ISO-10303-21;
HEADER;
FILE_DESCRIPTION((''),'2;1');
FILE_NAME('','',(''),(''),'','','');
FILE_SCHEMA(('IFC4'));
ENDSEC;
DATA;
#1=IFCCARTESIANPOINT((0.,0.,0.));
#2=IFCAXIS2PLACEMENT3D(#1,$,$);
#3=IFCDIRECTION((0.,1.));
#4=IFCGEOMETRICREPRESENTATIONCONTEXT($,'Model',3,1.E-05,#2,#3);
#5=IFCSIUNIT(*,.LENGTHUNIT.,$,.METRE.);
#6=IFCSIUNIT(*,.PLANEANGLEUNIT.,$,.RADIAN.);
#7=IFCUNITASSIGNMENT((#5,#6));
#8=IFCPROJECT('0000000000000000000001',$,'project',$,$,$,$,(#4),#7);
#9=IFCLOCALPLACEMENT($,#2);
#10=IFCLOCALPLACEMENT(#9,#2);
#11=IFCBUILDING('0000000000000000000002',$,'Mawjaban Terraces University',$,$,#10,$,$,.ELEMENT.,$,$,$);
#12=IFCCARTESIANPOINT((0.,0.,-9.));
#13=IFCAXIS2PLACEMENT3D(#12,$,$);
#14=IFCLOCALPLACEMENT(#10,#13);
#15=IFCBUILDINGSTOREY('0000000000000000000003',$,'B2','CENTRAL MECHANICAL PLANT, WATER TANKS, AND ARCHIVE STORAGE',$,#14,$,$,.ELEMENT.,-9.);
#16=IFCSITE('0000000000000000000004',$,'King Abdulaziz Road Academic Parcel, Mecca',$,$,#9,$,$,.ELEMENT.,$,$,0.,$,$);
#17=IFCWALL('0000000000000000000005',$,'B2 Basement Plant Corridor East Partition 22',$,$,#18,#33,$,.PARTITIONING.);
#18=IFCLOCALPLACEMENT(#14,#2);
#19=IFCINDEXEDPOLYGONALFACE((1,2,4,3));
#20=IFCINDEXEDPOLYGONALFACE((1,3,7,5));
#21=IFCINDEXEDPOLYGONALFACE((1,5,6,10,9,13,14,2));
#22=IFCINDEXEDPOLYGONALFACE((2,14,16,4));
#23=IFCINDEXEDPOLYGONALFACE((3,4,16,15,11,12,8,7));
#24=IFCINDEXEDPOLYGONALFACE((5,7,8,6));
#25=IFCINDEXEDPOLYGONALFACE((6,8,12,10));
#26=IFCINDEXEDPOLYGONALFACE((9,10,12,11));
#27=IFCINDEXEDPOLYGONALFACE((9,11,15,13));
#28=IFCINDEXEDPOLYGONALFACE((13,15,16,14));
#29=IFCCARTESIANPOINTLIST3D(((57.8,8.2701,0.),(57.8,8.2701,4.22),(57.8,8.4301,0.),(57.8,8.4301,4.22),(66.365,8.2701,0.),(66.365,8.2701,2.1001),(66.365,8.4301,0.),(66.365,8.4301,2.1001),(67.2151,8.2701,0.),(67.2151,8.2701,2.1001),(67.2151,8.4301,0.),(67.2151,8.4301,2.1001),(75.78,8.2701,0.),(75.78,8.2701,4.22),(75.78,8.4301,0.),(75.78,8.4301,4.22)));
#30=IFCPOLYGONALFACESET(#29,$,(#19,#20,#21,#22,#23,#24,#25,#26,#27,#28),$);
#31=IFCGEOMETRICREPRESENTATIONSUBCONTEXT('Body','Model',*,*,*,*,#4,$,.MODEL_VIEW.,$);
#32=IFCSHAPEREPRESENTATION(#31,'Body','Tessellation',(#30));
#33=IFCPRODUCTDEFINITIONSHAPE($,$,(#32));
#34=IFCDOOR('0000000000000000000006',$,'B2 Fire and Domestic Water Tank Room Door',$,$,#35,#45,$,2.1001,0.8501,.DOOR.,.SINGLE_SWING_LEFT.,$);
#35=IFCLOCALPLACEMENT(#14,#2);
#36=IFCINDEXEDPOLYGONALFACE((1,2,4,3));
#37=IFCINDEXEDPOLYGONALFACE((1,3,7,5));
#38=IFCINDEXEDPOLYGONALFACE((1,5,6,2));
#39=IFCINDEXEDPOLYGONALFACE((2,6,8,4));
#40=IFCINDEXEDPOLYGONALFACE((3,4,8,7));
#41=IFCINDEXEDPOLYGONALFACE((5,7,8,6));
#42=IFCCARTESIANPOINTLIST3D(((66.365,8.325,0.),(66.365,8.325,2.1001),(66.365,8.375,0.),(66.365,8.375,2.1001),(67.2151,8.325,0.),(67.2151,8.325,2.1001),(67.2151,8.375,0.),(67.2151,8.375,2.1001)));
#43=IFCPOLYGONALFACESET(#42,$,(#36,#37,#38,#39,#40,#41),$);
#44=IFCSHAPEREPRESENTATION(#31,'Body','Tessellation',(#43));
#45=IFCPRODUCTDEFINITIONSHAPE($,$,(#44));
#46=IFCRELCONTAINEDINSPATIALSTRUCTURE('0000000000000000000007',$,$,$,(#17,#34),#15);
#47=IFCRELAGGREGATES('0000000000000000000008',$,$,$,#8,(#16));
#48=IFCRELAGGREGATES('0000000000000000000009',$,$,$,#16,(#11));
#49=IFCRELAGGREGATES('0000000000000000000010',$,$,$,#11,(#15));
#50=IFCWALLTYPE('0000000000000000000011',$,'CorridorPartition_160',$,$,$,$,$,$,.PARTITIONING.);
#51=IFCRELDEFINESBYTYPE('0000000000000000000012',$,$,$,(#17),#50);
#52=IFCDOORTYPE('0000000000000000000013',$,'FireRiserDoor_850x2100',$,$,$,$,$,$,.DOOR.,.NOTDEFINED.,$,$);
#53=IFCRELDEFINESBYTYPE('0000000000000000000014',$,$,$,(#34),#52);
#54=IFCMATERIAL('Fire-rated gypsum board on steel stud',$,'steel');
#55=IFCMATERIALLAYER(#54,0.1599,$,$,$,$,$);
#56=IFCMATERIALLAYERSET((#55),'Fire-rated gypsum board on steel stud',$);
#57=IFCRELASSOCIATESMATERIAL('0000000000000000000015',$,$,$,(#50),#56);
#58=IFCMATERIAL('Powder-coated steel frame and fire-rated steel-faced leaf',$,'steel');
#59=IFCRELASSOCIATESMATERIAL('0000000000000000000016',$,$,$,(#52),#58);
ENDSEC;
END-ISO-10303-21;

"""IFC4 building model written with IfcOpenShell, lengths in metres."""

from ifc_helpers import new_model, si_unit, direction, frame, frame_2d, origin, place, context, subcontext, project, spatial, rectangle, extrude, material, layer, layer_set, type_object, element, fill, save


model = new_model("IFC4")

# Units and contexts
model_context = context("Model", 3, precision=1e-05, world=origin(), true_north=direction((0.0, 1.0)))
body_context = subcontext(model_context, "Body", "Model", "MODEL_VIEW")
ifc_project = project(units=[si_unit("LENGTHUNIT", "METRE"), si_unit("PLANEANGLEUNIT", "RADIAN")], contexts=[model_context])

# Site, building, storey
site_placement = place(None, origin())
site = spatial("IfcSite", under=ifc_project, at=site_placement, Name="King Abdulaziz Road Academic Parcel, Mecca", CompositionType="ELEMENT", RefElevation=0.0)
building_placement = place(site_placement, origin())
building = spatial("IfcBuilding", under=site, at=building_placement, Name="Mawjaban Terraces University", CompositionType="ELEMENT")
storey_placement = place(building_placement, frame((0.0, 0.0, -9.0)))
storey = spatial("IfcBuildingStorey", under=building, at=storey_placement, Name="B2", Description="CENTRAL MECHANICAL PLANT, WATER TANKS, AND ARCHIVE STORAGE", CompositionType="ELEMENT", Elevation=-9.0)

# Wall, opening, door
ifc_material_1 = material(Name="Fire-rated gypsum board on steel stud", Category="steel")
ifc_layer = layer(ifc_material_1, 0.1599)
ifc_layer_set = layer_set([ifc_layer], Name="Fire-rated gypsum board on steel stud")
wall_type = type_object("IfcWallType", Name="CorridorPartition_160", PredefinedType="PARTITIONING", material=ifc_layer_set)
wall_1_placement = place(storey_placement, frame((57.8, 8.3501, 0.0), z_axis=(0.0, 0.0, 1.0), x_axis=(1.0, 0.0, 0.0)))
wall_1 = element("IfcWall", 1, at=wall_1_placement, inside=storey, type_object=wall_type, Name="B2 Basement Plant Corridor East Partition 22", PredefinedType="PARTITIONING", context=body_context, shape_type="SweptSolid", body=[
    extrude(rectangle(XDim=17.98, YDim=0.1599, at=frame_2d((8.99, 0.0))), origin(), (0.0, 0.0, 1.0), 4.22),
])
opening_placement = place(wall_1_placement, frame((8.5649, 0.0, 0.0)))
opening = element("IfcOpeningElement", 2, at=opening_placement, cuts=wall_1, PredefinedType="OPENING", context=body_context, shape_type="SweptSolid", body=[
    extrude(rectangle(XDim=0.8501, YDim=2.1001, at=frame_2d((0.425, 1.05))), frame((0.0, 0.0898, 0.0), z_axis=(0.0, -1.0, 0.0), x_axis=(1.0, 0.0, 0.0)), (0.0, 0.0, 1.0), 0.1799),
])
ifc_material_2 = material(Name="Powder-coated steel frame and fire-rated steel-faced leaf", Category="steel")
door_type = type_object("IfcDoorType", Name="FireRiserDoor_850x2100", OperationType="NOTDEFINED", PredefinedType="DOOR", material=ifc_material_2)
door_placement = place(opening_placement, origin())
door = element("IfcDoor", 3, at=door_placement, inside=storey, type_object=door_type, Name="B2 Fire and Domestic Water Tank Room Door", OperationType="SINGLE_SWING_LEFT", OverallHeight=2.1001, OverallWidth=0.8501, PredefinedType="DOOR", context=body_context, shape_type="SweptSolid", body=[
    extrude(rectangle(XDim=0.8501, YDim=2.1001, at=frame_2d((0.425, 1.05))), frame((0.0, 0.0249, 0.0), z_axis=(0.0, -1.0, 0.0), x_axis=(1.0, 0.0, 0.0)), (0.0, 0.0, 1.0), 0.05),
])
fill(opening, door)

save(model, "model.ifc")
